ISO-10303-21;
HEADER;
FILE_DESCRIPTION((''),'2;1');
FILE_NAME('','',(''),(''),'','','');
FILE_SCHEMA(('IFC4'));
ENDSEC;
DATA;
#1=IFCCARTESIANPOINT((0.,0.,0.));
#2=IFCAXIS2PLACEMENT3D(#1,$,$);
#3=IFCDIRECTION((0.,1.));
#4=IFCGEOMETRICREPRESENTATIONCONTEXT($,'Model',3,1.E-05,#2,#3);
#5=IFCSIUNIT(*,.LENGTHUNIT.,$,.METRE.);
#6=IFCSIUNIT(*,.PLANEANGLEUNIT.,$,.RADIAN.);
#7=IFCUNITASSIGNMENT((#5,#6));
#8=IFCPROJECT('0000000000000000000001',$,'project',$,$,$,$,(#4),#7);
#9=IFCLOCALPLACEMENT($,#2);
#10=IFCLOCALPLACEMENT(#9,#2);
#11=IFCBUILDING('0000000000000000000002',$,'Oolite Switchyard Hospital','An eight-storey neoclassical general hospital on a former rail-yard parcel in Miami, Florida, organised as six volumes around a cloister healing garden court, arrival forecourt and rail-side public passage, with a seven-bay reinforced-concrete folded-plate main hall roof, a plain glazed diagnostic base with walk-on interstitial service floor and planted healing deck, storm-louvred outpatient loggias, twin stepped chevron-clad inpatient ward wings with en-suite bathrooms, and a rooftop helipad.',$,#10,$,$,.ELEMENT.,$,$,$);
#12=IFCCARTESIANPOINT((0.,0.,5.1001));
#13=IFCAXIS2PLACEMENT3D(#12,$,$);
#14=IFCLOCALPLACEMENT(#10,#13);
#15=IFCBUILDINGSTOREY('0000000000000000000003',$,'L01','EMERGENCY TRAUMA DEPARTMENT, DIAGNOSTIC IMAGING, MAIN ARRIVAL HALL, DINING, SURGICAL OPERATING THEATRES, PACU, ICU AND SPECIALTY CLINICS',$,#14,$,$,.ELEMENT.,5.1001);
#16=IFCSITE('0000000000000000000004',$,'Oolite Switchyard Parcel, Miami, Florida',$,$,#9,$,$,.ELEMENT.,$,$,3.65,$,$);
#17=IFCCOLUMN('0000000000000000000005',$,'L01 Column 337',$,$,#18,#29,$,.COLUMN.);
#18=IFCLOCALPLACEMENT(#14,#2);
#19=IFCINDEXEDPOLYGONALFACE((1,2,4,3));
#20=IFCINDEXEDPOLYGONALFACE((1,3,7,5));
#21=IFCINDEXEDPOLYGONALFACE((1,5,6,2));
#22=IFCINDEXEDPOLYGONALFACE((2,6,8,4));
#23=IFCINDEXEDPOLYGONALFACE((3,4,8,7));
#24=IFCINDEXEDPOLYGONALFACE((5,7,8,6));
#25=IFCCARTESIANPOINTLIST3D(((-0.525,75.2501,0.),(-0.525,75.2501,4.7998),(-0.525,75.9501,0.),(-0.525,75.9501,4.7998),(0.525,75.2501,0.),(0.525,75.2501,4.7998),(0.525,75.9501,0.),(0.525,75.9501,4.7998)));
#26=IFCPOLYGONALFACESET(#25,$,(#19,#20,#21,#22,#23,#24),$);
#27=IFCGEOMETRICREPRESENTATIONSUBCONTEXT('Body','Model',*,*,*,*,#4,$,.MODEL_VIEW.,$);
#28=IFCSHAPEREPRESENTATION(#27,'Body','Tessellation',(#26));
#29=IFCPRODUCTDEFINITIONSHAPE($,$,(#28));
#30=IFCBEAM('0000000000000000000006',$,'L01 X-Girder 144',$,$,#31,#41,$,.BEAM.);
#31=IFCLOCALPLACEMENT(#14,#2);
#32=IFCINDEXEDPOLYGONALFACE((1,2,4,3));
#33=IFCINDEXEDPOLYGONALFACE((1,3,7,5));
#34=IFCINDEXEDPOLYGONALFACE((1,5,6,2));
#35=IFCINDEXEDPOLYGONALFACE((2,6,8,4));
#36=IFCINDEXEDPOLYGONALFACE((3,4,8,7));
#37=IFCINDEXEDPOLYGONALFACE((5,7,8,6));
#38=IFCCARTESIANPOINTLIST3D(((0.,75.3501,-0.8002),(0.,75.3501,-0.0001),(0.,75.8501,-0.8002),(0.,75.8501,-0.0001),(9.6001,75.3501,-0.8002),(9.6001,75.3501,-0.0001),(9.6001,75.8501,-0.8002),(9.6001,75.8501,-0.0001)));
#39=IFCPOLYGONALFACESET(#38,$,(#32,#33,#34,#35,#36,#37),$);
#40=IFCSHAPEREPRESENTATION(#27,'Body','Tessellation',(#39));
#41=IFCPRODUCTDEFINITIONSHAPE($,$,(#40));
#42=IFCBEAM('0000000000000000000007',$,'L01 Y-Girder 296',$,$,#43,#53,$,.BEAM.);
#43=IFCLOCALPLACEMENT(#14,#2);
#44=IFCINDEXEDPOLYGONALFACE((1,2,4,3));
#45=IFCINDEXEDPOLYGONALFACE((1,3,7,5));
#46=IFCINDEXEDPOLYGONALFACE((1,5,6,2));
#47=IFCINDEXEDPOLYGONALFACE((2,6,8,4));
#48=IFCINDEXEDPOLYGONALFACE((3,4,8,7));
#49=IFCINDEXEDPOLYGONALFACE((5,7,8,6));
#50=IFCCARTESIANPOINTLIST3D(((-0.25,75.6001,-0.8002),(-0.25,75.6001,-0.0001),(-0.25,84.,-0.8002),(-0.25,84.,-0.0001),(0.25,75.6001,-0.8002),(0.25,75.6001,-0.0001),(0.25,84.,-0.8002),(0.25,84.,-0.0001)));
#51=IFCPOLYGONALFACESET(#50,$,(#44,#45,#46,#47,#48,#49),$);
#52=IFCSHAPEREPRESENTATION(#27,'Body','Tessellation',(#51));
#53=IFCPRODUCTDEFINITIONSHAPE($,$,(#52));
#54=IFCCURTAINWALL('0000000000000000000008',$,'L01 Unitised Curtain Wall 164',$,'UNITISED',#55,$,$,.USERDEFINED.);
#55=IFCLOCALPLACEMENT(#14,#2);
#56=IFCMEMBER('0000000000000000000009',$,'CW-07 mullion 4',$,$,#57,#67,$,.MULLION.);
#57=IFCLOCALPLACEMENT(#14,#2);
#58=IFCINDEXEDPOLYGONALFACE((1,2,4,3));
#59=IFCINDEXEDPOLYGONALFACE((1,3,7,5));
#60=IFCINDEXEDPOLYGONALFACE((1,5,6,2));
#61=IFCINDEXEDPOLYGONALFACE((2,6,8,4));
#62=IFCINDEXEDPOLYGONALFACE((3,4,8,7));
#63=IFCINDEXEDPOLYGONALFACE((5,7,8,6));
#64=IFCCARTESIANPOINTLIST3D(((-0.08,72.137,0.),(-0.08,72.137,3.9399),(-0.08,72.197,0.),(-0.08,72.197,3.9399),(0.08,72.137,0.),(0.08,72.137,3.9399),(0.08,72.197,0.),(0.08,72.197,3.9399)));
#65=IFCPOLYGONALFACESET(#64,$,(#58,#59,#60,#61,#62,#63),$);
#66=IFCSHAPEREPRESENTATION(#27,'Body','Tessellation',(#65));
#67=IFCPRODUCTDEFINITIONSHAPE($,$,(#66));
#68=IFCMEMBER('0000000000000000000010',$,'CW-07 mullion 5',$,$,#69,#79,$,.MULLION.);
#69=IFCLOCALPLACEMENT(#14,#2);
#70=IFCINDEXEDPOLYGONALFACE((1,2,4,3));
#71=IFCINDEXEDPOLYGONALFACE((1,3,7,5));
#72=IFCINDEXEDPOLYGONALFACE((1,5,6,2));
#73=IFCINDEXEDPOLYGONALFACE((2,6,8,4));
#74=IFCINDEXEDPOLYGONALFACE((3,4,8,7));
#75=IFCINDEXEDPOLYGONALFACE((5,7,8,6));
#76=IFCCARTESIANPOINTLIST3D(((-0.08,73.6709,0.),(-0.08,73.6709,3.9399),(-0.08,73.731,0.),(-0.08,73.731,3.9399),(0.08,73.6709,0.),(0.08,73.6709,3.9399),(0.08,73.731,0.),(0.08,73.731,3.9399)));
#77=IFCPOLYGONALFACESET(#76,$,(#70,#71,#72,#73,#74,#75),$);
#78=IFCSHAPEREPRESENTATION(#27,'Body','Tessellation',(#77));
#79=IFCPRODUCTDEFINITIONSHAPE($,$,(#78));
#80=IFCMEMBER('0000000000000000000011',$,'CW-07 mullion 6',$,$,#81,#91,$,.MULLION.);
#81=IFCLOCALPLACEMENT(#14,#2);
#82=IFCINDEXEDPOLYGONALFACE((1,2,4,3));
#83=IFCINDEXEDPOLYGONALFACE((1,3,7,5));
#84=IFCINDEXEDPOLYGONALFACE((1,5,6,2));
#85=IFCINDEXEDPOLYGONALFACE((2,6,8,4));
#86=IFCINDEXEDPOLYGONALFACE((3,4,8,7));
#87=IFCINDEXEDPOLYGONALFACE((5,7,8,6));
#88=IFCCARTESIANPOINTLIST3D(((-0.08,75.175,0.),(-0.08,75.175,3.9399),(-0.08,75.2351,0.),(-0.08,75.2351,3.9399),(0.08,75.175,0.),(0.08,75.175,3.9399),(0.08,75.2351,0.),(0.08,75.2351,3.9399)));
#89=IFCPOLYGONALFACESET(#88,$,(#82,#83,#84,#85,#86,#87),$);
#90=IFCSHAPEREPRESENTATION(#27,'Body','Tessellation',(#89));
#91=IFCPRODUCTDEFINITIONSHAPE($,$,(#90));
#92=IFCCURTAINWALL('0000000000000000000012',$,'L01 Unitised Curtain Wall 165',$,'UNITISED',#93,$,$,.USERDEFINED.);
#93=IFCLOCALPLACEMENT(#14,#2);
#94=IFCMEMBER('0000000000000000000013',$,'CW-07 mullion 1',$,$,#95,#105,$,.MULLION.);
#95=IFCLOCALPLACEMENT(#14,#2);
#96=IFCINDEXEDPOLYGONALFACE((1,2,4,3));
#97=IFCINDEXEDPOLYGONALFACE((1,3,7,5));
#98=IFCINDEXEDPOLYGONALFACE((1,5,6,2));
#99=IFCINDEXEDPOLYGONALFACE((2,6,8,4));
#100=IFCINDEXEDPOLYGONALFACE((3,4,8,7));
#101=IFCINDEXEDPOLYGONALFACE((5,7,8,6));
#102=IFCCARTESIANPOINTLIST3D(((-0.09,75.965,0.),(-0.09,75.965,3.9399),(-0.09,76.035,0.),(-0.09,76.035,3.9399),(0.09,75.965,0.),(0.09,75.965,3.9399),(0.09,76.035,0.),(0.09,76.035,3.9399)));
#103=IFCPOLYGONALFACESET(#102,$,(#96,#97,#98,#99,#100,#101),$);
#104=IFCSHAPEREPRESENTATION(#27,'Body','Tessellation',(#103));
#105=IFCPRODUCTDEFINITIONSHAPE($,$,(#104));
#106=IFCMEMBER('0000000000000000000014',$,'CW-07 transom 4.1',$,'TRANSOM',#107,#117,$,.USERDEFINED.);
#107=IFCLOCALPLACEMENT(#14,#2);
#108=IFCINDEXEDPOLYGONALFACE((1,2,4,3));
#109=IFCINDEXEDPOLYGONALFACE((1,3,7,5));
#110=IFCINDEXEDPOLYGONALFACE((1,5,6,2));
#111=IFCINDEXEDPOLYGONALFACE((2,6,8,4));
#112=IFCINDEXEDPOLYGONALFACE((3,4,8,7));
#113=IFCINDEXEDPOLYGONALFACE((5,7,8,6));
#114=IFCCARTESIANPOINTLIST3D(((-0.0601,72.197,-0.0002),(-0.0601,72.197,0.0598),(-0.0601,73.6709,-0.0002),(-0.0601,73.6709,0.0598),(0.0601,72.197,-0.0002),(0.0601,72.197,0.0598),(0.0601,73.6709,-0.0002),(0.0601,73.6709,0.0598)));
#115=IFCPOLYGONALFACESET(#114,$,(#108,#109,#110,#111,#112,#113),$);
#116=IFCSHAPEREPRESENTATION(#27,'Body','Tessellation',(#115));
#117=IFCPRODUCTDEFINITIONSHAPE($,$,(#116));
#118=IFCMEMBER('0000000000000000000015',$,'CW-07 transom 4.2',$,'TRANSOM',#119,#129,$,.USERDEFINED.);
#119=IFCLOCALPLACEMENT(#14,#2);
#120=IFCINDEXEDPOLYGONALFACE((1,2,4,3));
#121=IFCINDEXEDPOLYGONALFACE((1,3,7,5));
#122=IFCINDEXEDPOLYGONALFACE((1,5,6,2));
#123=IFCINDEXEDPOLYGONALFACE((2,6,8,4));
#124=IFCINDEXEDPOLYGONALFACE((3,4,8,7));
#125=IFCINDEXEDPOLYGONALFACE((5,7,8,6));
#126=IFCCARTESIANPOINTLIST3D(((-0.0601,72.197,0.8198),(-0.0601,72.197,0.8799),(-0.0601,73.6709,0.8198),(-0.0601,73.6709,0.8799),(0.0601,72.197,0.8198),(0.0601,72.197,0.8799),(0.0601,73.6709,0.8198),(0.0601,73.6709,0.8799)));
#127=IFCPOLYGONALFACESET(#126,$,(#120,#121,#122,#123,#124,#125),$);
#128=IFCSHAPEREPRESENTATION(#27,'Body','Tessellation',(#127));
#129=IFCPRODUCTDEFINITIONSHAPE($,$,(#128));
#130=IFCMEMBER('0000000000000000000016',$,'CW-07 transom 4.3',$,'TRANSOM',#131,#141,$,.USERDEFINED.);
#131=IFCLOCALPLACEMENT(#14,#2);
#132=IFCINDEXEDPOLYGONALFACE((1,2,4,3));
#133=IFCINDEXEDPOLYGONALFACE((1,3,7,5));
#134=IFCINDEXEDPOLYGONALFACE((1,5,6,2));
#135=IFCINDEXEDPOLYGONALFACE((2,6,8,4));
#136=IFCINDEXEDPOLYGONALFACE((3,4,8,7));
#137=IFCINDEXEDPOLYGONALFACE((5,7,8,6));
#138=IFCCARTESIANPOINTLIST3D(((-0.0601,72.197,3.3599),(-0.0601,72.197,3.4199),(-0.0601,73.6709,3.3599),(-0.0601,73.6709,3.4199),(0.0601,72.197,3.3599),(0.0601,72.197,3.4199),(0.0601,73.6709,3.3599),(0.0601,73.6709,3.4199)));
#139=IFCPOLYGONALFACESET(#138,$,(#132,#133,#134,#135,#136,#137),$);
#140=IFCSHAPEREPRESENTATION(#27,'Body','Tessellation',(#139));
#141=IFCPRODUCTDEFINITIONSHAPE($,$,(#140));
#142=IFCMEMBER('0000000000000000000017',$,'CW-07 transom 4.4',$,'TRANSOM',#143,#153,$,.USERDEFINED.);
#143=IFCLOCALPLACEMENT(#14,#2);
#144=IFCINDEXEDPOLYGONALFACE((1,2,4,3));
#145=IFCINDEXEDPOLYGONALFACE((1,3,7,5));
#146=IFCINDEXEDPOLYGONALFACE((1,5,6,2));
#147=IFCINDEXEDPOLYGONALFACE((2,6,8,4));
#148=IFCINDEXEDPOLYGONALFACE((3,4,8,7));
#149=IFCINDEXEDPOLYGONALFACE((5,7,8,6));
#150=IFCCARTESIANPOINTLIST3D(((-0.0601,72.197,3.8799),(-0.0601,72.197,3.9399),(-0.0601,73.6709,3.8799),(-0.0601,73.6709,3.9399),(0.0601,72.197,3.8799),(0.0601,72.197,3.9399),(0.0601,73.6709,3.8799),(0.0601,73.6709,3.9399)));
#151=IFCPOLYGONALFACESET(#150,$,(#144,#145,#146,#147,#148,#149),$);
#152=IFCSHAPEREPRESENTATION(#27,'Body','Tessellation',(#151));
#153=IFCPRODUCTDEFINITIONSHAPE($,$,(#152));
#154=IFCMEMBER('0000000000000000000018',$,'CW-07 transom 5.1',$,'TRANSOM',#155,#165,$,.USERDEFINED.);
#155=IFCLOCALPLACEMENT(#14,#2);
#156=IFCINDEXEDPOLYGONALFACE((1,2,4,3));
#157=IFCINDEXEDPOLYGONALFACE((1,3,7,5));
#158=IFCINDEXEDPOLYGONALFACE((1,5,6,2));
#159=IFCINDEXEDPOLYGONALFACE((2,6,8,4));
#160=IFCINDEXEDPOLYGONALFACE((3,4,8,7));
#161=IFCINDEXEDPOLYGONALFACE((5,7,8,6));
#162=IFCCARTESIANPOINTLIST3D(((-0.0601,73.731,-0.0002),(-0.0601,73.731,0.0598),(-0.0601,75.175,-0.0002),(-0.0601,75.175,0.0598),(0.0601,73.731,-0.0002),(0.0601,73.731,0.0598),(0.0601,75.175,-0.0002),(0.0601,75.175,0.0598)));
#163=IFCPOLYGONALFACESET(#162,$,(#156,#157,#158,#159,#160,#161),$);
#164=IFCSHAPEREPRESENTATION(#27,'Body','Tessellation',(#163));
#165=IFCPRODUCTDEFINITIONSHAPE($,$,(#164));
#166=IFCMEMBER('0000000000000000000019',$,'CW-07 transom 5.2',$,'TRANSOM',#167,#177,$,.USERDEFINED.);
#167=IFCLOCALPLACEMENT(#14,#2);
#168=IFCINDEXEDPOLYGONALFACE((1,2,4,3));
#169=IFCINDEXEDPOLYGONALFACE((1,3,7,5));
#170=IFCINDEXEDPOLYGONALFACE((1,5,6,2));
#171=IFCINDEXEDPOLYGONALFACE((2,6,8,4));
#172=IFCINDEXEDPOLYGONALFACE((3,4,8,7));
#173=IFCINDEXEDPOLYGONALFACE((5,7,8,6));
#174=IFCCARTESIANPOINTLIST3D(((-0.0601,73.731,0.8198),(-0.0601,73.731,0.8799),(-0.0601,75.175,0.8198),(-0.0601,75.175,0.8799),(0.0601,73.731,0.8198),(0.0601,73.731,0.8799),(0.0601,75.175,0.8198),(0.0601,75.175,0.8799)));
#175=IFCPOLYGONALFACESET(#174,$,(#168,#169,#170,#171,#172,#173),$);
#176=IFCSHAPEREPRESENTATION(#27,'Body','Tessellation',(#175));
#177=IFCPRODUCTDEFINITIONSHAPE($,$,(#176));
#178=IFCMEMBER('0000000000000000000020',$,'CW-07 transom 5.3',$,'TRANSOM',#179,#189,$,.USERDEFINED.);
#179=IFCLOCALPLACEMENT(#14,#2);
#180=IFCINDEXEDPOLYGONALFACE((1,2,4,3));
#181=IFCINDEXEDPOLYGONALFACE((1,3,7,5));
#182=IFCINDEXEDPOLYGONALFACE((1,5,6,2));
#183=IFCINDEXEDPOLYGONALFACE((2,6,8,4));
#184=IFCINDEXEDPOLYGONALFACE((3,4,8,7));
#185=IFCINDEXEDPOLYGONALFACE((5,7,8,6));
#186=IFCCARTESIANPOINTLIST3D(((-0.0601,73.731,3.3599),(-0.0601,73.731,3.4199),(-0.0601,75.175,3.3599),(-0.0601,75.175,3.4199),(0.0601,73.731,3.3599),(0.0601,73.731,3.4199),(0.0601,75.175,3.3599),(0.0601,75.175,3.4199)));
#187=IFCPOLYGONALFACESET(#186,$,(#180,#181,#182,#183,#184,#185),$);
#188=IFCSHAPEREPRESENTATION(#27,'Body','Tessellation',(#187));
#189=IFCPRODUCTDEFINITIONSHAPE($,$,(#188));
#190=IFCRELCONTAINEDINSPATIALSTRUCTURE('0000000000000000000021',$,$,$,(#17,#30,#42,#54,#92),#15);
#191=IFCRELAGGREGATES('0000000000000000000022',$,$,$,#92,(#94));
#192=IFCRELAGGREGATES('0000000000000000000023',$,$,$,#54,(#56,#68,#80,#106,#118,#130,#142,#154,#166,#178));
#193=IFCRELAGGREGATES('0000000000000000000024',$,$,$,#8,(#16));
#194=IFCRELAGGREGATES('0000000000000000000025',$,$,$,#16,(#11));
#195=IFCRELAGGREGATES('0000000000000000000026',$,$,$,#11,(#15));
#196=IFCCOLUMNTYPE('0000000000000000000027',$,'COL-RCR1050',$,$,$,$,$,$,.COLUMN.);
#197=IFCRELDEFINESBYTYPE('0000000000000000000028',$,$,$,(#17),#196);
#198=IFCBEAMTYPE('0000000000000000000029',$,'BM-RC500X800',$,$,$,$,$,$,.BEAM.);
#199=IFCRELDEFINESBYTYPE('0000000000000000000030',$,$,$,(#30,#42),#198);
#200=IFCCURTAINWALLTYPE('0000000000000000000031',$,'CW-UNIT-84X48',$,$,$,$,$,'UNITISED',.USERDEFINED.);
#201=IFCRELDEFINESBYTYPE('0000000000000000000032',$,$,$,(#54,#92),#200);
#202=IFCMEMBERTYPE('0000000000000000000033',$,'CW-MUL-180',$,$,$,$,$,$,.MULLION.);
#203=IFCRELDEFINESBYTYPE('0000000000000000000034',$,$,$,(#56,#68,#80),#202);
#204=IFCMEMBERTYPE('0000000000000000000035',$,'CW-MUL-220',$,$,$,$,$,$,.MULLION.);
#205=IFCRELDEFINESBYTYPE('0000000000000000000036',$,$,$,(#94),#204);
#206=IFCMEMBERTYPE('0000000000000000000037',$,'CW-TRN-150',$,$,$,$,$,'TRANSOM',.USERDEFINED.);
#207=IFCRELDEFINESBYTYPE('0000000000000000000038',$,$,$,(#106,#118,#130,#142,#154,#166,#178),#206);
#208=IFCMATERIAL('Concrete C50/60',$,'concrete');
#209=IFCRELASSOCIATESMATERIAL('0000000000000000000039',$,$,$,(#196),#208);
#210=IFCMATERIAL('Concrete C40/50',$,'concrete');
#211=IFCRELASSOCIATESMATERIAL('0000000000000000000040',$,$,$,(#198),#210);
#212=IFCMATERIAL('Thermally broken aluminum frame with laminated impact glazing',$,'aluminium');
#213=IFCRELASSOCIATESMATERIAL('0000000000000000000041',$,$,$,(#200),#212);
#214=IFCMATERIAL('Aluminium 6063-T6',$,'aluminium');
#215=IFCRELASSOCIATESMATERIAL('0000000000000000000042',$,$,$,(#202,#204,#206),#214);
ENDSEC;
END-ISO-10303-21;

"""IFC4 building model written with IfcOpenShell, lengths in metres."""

from ifc_helpers import new_model, si_unit, direction, frame, origin, origin_2d, place, context, subcontext, project, spatial, rectangle, extrude, material, material_profile, profile_set, type_object, element, aggregate, save


model = new_model("IFC4")

# Units and contexts
model_context = context("Model", 3, precision=1e-05, world=origin(), true_north=direction((0.0, 1.0)))
body_context = subcontext(model_context, "Body", "Model", "MODEL_VIEW")
ifc_project = project(units=[si_unit("LENGTHUNIT", "METRE"), si_unit("PLANEANGLEUNIT", "RADIAN")], contexts=[model_context])

# Site, building, storey
site_placement = place(None, origin())
site = spatial("IfcSite", under=ifc_project, at=site_placement, Name="Oolite Switchyard Parcel, Miami, Florida", CompositionType="ELEMENT", RefElevation=3.65)
building_placement = place(site_placement, origin())
building = spatial("IfcBuilding", under=site, at=building_placement, Name="Oolite Switchyard Hospital", Description="An eight-storey neoclassical general hospital on a former rail-yard parcel in Miami, Florida, organised as six volumes around a cloister healing garden court, arrival forecourt and rail-side public passage, with a seven-bay reinforced-concrete folded-plate main hall roof, a plain glazed diagnostic base with walk-on interstitial service floor and planted healing deck, storm-louvred outpatient loggias, twin stepped chevron-clad inpatient ward wings with en-suite bathrooms, and a rooftop helipad.", CompositionType="ELEMENT")
storey_placement = place(building_placement, frame((0.0, 0.0, 5.1001)))
storey = spatial("IfcBuildingStorey", under=building, at=storey_placement, Name="L01", Description="EMERGENCY TRAUMA DEPARTMENT, DIAGNOSTIC IMAGING, MAIN ARRIVAL HALL, DINING, SURGICAL OPERATING THEATRES, PACU, ICU AND SPECIALTY CLINICS", CompositionType="ELEMENT", Elevation=5.1001)

# Column
ifc_material_1 = material(Name="Concrete C50/60", Category="concrete")
ifc_material_profile_1 = material_profile(ifc_material_1, rectangle(XDim=1.05, YDim=0.7, at=origin_2d()), Name="RC1050X700")
ifc_profile_set_1 = profile_set([ifc_material_profile_1], Name="Concrete C50/60")
column_type = type_object("IfcColumnType", Name="COL-RCR1050", PredefinedType="COLUMN", material=ifc_profile_set_1)
column_placement = place(storey_placement, frame((0.0, 75.6001, 0.0), z_axis=(0.0, 0.0, 1.0), x_axis=(1.0, 0.0, 0.0)))
element("IfcColumn", 1, at=column_placement, inside=storey, type_object=column_type, Name="L01 Column 337", PredefinedType="COLUMN", context=body_context, shape_type="SweptSolid", body=[
    extrude(rectangle(XDim=1.05, YDim=0.7, at=origin_2d()), origin(), (0.0, 0.0, 1.0), 4.7998),
])

# Beams
ifc_material_2 = material(Name="Concrete C40/50", Category="concrete")
ifc_material_profile_2 = material_profile(ifc_material_2, rectangle(XDim=0.5, YDim=0.8, at=origin_2d()), Name="RCB500X800")
ifc_profile_set_2 = profile_set([ifc_material_profile_2], Name="Concrete C40/50")
beam_type = type_object("IfcBeamType", Name="BM-RC500X800", PredefinedType="BEAM", material=ifc_profile_set_2)
beam_1_placement = place(storey_placement, frame((0.0, 75.6001, -0.4001), z_axis=(1.0, 0.0, 0.0), x_axis=(0.0, 1.0, 0.0)))
element("IfcBeam", 2, at=beam_1_placement, inside=storey, type_object=beam_type, Name="L01 X-Girder 144", PredefinedType="BEAM", context=body_context, shape_type="SweptSolid", body=[
    extrude(rectangle(XDim=0.5, YDim=0.8, at=origin_2d()), origin(), (0.0, 0.0, 1.0), 9.6001),
])
beam_2_placement = place(storey_placement, frame((0.0, 75.6001, -0.4001), z_axis=(0.0, 1.0, 0.0), x_axis=(-1.0, 0.0, 0.0)))
element("IfcBeam", 3, at=beam_2_placement, inside=storey, type_object=beam_type, Name="L01 Y-Girder 296", PredefinedType="BEAM", context=body_context, shape_type="SweptSolid", body=[
    extrude(rectangle(XDim=0.5, YDim=0.8, at=origin_2d()), origin(), (0.0, 0.0, 1.0), 8.3999),
])

# Curtain wall, members
ifc_material_3 = material(Name="Thermally broken aluminum frame with laminated impact glazing", Category="aluminium")
curtain_wall_type = type_object("IfcCurtainWallType", Name="CW-UNIT-84X48", ElementType="UNITISED", PredefinedType="USERDEFINED", material=ifc_material_3)
curtain_wall_1_placement = place(storey_placement, origin())
curtain_wall_1 = element("IfcCurtainWall", 4, at=curtain_wall_1_placement, inside=storey, type_object=curtain_wall_type, Name="L01 Unitised Curtain Wall 164", ObjectType="UNITISED", PredefinedType="USERDEFINED")
ifc_material_4 = material(Name="Aluminium 6063-T6", Category="aluminium")
ifc_material_profile_3 = material_profile(ifc_material_4, rectangle(XDim=0.1599, YDim=0.0601, at=origin_2d()), Name="CWM60X160")
ifc_profile_set_3 = profile_set([ifc_material_profile_3], Name="Aluminium 6063-T6")
member_type_1 = type_object("IfcMemberType", Name="CW-MUL-180", PredefinedType="MULLION", material=ifc_profile_set_3)
member_1_placement = place(storey_placement, frame((0.0, 72.167, 0.0), z_axis=(0.0, 0.0, 1.0), x_axis=(-1.0, 0.0, 0.0)))
member_1 = element("IfcMember", 5, at=member_1_placement, type_object=member_type_1, Name="CW-07 mullion 4", PredefinedType="MULLION", context=body_context, shape_type="SweptSolid", body=[
    extrude(rectangle(XDim=0.1599, YDim=0.0601, at=origin_2d()), origin(), (0.0, 0.0, 1.0), 3.9399),
])
member_2_placement = place(storey_placement, frame((0.0, 73.7009, 0.0), z_axis=(0.0, 0.0, 1.0), x_axis=(-1.0, 0.0, 0.0)))
member_2 = element("IfcMember", 6, at=member_2_placement, type_object=member_type_1, Name="CW-07 mullion 5", PredefinedType="MULLION", context=body_context, shape_type="SweptSolid", body=[
    extrude(rectangle(XDim=0.1599, YDim=0.0601, at=origin_2d()), origin(), (0.0, 0.0, 1.0), 3.9399),
])
member_3_placement = place(storey_placement, frame((0.0, 75.2051, 0.0), z_axis=(0.0, 0.0, 1.0), x_axis=(-1.0, 0.0, 0.0)))
member_3 = element("IfcMember", 7, at=member_3_placement, type_object=member_type_1, Name="CW-07 mullion 6", PredefinedType="MULLION", context=body_context, shape_type="SweptSolid", body=[
    extrude(rectangle(XDim=0.1599, YDim=0.0601, at=origin_2d()), origin(), (0.0, 0.0, 1.0), 3.9399),
])

# Curtain wall, member
curtain_wall_2_placement = place(storey_placement, origin())
curtain_wall_2 = element("IfcCurtainWall", 8, at=curtain_wall_2_placement, inside=storey, type_object=curtain_wall_type, Name="L01 Unitised Curtain Wall 165", ObjectType="UNITISED", PredefinedType="USERDEFINED")
ifc_material_profile_4 = material_profile(ifc_material_4, rectangle(XDim=0.1799, YDim=0.0701, at=origin_2d()), Name="CWM70X180")
ifc_profile_set_4 = profile_set([ifc_material_profile_4], Name="Aluminium 6063-T6")
member_type_2 = type_object("IfcMemberType", Name="CW-MUL-220", PredefinedType="MULLION", material=ifc_profile_set_4)
member_4_placement = place(storey_placement, frame((0.0, 76.0, 0.0), z_axis=(0.0, 0.0, 1.0), x_axis=(-1.0, 0.0, 0.0)))
member_4 = element("IfcMember", 9, at=member_4_placement, type_object=member_type_2, Name="CW-07 mullion 1", PredefinedType="MULLION", context=body_context, shape_type="SweptSolid", body=[
    extrude(rectangle(XDim=0.1799, YDim=0.0701, at=origin_2d()), origin(), (0.0, 0.0, 1.0), 3.9399),
])

# Members
ifc_material_profile_5 = material_profile(ifc_material_4, rectangle(XDim=0.1201, YDim=0.0601, at=origin_2d()), Name="CWT60X120")
ifc_profile_set_5 = profile_set([ifc_material_profile_5], Name="Aluminium 6063-T6")
member_type_3 = type_object("IfcMemberType", Name="CW-TRN-150", ElementType="TRANSOM", PredefinedType="USERDEFINED", material=ifc_profile_set_5)
member_5_placement = place(storey_placement, frame((0.0, 72.197, 0.0298), z_axis=(0.0, 1.0, 0.0), x_axis=(-1.0, 0.0, 0.0)))
member_5 = element("IfcMember", 10, at=member_5_placement, type_object=member_type_3, Name="CW-07 transom 4.1", ObjectType="TRANSOM", PredefinedType="USERDEFINED", context=body_context, shape_type="SweptSolid", body=[
    extrude(rectangle(XDim=0.1201, YDim=0.0601, at=origin_2d()), origin(), (0.0, 0.0, 1.0), 1.4739),
])
member_6_placement = place(storey_placement, frame((0.0, 72.197, 0.8499), z_axis=(0.0, 1.0, 0.0), x_axis=(-1.0, 0.0, 0.0)))
member_6 = element("IfcMember", 11, at=member_6_placement, type_object=member_type_3, Name="CW-07 transom 4.2", ObjectType="TRANSOM", PredefinedType="USERDEFINED", context=body_context, shape_type="SweptSolid", body=[
    extrude(rectangle(XDim=0.1201, YDim=0.0601, at=origin_2d()), origin(), (0.0, 0.0, 1.0), 1.4739),
])
member_7_placement = place(storey_placement, frame((0.0, 72.197, 3.3899), z_axis=(0.0, 1.0, 0.0), x_axis=(-1.0, 0.0, 0.0)))
member_7 = element("IfcMember", 12, at=member_7_placement, type_object=member_type_3, Name="CW-07 transom 4.3", ObjectType="TRANSOM", PredefinedType="USERDEFINED", context=body_context, shape_type="SweptSolid", body=[
    extrude(rectangle(XDim=0.1201, YDim=0.0601, at=origin_2d()), origin(), (0.0, 0.0, 1.0), 1.4739),
])
member_8_placement = place(storey_placement, frame((0.0, 72.197, 3.9099), z_axis=(0.0, 1.0, 0.0), x_axis=(-1.0, 0.0, 0.0)))
member_8 = element("IfcMember", 13, at=member_8_placement, type_object=member_type_3, Name="CW-07 transom 4.4", ObjectType="TRANSOM", PredefinedType="USERDEFINED", context=body_context, shape_type="SweptSolid", body=[
    extrude(rectangle(XDim=0.1201, YDim=0.0601, at=origin_2d()), origin(), (0.0, 0.0, 1.0), 1.4739),
])
member_9_placement = place(storey_placement, frame((0.0, 73.731, 0.0298), z_axis=(0.0, 1.0, 0.0), x_axis=(-1.0, 0.0, 0.0)))
member_9 = element("IfcMember", 14, at=member_9_placement, type_object=member_type_3, Name="CW-07 transom 5.1", ObjectType="TRANSOM", PredefinedType="USERDEFINED", context=body_context, shape_type="SweptSolid", body=[
    extrude(rectangle(XDim=0.1201, YDim=0.0601, at=origin_2d()), origin(), (0.0, 0.0, 1.0), 1.4441),
])
member_10_placement = place(storey_placement, frame((0.0, 73.731, 0.8499), z_axis=(0.0, 1.0, 0.0), x_axis=(-1.0, 0.0, 0.0)))
member_10 = element("IfcMember", 15, at=member_10_placement, type_object=member_type_3, Name="CW-07 transom 5.2", ObjectType="TRANSOM", PredefinedType="USERDEFINED", context=body_context, shape_type="SweptSolid", body=[
    extrude(rectangle(XDim=0.1201, YDim=0.0601, at=origin_2d()), origin(), (0.0, 0.0, 1.0), 1.4441),
])
member_11_placement = place(storey_placement, frame((0.0, 73.731, 3.3899), z_axis=(0.0, 1.0, 0.0), x_axis=(-1.0, 0.0, 0.0)))
member_11 = element("IfcMember", 16, at=member_11_placement, type_object=member_type_3, Name="CW-07 transom 5.3", ObjectType="TRANSOM", PredefinedType="USERDEFINED", context=body_context, shape_type="SweptSolid", body=[
    extrude(rectangle(XDim=0.1201, YDim=0.0601, at=origin_2d()), origin(), (0.0, 0.0, 1.0), 1.4441),
])
aggregate(curtain_wall_2, [member_4])

aggregate(curtain_wall_1, [member_1, member_2, member_3, member_5, member_6, member_7, member_8, member_9, member_10, member_11])

save(model, "model.ifc")
